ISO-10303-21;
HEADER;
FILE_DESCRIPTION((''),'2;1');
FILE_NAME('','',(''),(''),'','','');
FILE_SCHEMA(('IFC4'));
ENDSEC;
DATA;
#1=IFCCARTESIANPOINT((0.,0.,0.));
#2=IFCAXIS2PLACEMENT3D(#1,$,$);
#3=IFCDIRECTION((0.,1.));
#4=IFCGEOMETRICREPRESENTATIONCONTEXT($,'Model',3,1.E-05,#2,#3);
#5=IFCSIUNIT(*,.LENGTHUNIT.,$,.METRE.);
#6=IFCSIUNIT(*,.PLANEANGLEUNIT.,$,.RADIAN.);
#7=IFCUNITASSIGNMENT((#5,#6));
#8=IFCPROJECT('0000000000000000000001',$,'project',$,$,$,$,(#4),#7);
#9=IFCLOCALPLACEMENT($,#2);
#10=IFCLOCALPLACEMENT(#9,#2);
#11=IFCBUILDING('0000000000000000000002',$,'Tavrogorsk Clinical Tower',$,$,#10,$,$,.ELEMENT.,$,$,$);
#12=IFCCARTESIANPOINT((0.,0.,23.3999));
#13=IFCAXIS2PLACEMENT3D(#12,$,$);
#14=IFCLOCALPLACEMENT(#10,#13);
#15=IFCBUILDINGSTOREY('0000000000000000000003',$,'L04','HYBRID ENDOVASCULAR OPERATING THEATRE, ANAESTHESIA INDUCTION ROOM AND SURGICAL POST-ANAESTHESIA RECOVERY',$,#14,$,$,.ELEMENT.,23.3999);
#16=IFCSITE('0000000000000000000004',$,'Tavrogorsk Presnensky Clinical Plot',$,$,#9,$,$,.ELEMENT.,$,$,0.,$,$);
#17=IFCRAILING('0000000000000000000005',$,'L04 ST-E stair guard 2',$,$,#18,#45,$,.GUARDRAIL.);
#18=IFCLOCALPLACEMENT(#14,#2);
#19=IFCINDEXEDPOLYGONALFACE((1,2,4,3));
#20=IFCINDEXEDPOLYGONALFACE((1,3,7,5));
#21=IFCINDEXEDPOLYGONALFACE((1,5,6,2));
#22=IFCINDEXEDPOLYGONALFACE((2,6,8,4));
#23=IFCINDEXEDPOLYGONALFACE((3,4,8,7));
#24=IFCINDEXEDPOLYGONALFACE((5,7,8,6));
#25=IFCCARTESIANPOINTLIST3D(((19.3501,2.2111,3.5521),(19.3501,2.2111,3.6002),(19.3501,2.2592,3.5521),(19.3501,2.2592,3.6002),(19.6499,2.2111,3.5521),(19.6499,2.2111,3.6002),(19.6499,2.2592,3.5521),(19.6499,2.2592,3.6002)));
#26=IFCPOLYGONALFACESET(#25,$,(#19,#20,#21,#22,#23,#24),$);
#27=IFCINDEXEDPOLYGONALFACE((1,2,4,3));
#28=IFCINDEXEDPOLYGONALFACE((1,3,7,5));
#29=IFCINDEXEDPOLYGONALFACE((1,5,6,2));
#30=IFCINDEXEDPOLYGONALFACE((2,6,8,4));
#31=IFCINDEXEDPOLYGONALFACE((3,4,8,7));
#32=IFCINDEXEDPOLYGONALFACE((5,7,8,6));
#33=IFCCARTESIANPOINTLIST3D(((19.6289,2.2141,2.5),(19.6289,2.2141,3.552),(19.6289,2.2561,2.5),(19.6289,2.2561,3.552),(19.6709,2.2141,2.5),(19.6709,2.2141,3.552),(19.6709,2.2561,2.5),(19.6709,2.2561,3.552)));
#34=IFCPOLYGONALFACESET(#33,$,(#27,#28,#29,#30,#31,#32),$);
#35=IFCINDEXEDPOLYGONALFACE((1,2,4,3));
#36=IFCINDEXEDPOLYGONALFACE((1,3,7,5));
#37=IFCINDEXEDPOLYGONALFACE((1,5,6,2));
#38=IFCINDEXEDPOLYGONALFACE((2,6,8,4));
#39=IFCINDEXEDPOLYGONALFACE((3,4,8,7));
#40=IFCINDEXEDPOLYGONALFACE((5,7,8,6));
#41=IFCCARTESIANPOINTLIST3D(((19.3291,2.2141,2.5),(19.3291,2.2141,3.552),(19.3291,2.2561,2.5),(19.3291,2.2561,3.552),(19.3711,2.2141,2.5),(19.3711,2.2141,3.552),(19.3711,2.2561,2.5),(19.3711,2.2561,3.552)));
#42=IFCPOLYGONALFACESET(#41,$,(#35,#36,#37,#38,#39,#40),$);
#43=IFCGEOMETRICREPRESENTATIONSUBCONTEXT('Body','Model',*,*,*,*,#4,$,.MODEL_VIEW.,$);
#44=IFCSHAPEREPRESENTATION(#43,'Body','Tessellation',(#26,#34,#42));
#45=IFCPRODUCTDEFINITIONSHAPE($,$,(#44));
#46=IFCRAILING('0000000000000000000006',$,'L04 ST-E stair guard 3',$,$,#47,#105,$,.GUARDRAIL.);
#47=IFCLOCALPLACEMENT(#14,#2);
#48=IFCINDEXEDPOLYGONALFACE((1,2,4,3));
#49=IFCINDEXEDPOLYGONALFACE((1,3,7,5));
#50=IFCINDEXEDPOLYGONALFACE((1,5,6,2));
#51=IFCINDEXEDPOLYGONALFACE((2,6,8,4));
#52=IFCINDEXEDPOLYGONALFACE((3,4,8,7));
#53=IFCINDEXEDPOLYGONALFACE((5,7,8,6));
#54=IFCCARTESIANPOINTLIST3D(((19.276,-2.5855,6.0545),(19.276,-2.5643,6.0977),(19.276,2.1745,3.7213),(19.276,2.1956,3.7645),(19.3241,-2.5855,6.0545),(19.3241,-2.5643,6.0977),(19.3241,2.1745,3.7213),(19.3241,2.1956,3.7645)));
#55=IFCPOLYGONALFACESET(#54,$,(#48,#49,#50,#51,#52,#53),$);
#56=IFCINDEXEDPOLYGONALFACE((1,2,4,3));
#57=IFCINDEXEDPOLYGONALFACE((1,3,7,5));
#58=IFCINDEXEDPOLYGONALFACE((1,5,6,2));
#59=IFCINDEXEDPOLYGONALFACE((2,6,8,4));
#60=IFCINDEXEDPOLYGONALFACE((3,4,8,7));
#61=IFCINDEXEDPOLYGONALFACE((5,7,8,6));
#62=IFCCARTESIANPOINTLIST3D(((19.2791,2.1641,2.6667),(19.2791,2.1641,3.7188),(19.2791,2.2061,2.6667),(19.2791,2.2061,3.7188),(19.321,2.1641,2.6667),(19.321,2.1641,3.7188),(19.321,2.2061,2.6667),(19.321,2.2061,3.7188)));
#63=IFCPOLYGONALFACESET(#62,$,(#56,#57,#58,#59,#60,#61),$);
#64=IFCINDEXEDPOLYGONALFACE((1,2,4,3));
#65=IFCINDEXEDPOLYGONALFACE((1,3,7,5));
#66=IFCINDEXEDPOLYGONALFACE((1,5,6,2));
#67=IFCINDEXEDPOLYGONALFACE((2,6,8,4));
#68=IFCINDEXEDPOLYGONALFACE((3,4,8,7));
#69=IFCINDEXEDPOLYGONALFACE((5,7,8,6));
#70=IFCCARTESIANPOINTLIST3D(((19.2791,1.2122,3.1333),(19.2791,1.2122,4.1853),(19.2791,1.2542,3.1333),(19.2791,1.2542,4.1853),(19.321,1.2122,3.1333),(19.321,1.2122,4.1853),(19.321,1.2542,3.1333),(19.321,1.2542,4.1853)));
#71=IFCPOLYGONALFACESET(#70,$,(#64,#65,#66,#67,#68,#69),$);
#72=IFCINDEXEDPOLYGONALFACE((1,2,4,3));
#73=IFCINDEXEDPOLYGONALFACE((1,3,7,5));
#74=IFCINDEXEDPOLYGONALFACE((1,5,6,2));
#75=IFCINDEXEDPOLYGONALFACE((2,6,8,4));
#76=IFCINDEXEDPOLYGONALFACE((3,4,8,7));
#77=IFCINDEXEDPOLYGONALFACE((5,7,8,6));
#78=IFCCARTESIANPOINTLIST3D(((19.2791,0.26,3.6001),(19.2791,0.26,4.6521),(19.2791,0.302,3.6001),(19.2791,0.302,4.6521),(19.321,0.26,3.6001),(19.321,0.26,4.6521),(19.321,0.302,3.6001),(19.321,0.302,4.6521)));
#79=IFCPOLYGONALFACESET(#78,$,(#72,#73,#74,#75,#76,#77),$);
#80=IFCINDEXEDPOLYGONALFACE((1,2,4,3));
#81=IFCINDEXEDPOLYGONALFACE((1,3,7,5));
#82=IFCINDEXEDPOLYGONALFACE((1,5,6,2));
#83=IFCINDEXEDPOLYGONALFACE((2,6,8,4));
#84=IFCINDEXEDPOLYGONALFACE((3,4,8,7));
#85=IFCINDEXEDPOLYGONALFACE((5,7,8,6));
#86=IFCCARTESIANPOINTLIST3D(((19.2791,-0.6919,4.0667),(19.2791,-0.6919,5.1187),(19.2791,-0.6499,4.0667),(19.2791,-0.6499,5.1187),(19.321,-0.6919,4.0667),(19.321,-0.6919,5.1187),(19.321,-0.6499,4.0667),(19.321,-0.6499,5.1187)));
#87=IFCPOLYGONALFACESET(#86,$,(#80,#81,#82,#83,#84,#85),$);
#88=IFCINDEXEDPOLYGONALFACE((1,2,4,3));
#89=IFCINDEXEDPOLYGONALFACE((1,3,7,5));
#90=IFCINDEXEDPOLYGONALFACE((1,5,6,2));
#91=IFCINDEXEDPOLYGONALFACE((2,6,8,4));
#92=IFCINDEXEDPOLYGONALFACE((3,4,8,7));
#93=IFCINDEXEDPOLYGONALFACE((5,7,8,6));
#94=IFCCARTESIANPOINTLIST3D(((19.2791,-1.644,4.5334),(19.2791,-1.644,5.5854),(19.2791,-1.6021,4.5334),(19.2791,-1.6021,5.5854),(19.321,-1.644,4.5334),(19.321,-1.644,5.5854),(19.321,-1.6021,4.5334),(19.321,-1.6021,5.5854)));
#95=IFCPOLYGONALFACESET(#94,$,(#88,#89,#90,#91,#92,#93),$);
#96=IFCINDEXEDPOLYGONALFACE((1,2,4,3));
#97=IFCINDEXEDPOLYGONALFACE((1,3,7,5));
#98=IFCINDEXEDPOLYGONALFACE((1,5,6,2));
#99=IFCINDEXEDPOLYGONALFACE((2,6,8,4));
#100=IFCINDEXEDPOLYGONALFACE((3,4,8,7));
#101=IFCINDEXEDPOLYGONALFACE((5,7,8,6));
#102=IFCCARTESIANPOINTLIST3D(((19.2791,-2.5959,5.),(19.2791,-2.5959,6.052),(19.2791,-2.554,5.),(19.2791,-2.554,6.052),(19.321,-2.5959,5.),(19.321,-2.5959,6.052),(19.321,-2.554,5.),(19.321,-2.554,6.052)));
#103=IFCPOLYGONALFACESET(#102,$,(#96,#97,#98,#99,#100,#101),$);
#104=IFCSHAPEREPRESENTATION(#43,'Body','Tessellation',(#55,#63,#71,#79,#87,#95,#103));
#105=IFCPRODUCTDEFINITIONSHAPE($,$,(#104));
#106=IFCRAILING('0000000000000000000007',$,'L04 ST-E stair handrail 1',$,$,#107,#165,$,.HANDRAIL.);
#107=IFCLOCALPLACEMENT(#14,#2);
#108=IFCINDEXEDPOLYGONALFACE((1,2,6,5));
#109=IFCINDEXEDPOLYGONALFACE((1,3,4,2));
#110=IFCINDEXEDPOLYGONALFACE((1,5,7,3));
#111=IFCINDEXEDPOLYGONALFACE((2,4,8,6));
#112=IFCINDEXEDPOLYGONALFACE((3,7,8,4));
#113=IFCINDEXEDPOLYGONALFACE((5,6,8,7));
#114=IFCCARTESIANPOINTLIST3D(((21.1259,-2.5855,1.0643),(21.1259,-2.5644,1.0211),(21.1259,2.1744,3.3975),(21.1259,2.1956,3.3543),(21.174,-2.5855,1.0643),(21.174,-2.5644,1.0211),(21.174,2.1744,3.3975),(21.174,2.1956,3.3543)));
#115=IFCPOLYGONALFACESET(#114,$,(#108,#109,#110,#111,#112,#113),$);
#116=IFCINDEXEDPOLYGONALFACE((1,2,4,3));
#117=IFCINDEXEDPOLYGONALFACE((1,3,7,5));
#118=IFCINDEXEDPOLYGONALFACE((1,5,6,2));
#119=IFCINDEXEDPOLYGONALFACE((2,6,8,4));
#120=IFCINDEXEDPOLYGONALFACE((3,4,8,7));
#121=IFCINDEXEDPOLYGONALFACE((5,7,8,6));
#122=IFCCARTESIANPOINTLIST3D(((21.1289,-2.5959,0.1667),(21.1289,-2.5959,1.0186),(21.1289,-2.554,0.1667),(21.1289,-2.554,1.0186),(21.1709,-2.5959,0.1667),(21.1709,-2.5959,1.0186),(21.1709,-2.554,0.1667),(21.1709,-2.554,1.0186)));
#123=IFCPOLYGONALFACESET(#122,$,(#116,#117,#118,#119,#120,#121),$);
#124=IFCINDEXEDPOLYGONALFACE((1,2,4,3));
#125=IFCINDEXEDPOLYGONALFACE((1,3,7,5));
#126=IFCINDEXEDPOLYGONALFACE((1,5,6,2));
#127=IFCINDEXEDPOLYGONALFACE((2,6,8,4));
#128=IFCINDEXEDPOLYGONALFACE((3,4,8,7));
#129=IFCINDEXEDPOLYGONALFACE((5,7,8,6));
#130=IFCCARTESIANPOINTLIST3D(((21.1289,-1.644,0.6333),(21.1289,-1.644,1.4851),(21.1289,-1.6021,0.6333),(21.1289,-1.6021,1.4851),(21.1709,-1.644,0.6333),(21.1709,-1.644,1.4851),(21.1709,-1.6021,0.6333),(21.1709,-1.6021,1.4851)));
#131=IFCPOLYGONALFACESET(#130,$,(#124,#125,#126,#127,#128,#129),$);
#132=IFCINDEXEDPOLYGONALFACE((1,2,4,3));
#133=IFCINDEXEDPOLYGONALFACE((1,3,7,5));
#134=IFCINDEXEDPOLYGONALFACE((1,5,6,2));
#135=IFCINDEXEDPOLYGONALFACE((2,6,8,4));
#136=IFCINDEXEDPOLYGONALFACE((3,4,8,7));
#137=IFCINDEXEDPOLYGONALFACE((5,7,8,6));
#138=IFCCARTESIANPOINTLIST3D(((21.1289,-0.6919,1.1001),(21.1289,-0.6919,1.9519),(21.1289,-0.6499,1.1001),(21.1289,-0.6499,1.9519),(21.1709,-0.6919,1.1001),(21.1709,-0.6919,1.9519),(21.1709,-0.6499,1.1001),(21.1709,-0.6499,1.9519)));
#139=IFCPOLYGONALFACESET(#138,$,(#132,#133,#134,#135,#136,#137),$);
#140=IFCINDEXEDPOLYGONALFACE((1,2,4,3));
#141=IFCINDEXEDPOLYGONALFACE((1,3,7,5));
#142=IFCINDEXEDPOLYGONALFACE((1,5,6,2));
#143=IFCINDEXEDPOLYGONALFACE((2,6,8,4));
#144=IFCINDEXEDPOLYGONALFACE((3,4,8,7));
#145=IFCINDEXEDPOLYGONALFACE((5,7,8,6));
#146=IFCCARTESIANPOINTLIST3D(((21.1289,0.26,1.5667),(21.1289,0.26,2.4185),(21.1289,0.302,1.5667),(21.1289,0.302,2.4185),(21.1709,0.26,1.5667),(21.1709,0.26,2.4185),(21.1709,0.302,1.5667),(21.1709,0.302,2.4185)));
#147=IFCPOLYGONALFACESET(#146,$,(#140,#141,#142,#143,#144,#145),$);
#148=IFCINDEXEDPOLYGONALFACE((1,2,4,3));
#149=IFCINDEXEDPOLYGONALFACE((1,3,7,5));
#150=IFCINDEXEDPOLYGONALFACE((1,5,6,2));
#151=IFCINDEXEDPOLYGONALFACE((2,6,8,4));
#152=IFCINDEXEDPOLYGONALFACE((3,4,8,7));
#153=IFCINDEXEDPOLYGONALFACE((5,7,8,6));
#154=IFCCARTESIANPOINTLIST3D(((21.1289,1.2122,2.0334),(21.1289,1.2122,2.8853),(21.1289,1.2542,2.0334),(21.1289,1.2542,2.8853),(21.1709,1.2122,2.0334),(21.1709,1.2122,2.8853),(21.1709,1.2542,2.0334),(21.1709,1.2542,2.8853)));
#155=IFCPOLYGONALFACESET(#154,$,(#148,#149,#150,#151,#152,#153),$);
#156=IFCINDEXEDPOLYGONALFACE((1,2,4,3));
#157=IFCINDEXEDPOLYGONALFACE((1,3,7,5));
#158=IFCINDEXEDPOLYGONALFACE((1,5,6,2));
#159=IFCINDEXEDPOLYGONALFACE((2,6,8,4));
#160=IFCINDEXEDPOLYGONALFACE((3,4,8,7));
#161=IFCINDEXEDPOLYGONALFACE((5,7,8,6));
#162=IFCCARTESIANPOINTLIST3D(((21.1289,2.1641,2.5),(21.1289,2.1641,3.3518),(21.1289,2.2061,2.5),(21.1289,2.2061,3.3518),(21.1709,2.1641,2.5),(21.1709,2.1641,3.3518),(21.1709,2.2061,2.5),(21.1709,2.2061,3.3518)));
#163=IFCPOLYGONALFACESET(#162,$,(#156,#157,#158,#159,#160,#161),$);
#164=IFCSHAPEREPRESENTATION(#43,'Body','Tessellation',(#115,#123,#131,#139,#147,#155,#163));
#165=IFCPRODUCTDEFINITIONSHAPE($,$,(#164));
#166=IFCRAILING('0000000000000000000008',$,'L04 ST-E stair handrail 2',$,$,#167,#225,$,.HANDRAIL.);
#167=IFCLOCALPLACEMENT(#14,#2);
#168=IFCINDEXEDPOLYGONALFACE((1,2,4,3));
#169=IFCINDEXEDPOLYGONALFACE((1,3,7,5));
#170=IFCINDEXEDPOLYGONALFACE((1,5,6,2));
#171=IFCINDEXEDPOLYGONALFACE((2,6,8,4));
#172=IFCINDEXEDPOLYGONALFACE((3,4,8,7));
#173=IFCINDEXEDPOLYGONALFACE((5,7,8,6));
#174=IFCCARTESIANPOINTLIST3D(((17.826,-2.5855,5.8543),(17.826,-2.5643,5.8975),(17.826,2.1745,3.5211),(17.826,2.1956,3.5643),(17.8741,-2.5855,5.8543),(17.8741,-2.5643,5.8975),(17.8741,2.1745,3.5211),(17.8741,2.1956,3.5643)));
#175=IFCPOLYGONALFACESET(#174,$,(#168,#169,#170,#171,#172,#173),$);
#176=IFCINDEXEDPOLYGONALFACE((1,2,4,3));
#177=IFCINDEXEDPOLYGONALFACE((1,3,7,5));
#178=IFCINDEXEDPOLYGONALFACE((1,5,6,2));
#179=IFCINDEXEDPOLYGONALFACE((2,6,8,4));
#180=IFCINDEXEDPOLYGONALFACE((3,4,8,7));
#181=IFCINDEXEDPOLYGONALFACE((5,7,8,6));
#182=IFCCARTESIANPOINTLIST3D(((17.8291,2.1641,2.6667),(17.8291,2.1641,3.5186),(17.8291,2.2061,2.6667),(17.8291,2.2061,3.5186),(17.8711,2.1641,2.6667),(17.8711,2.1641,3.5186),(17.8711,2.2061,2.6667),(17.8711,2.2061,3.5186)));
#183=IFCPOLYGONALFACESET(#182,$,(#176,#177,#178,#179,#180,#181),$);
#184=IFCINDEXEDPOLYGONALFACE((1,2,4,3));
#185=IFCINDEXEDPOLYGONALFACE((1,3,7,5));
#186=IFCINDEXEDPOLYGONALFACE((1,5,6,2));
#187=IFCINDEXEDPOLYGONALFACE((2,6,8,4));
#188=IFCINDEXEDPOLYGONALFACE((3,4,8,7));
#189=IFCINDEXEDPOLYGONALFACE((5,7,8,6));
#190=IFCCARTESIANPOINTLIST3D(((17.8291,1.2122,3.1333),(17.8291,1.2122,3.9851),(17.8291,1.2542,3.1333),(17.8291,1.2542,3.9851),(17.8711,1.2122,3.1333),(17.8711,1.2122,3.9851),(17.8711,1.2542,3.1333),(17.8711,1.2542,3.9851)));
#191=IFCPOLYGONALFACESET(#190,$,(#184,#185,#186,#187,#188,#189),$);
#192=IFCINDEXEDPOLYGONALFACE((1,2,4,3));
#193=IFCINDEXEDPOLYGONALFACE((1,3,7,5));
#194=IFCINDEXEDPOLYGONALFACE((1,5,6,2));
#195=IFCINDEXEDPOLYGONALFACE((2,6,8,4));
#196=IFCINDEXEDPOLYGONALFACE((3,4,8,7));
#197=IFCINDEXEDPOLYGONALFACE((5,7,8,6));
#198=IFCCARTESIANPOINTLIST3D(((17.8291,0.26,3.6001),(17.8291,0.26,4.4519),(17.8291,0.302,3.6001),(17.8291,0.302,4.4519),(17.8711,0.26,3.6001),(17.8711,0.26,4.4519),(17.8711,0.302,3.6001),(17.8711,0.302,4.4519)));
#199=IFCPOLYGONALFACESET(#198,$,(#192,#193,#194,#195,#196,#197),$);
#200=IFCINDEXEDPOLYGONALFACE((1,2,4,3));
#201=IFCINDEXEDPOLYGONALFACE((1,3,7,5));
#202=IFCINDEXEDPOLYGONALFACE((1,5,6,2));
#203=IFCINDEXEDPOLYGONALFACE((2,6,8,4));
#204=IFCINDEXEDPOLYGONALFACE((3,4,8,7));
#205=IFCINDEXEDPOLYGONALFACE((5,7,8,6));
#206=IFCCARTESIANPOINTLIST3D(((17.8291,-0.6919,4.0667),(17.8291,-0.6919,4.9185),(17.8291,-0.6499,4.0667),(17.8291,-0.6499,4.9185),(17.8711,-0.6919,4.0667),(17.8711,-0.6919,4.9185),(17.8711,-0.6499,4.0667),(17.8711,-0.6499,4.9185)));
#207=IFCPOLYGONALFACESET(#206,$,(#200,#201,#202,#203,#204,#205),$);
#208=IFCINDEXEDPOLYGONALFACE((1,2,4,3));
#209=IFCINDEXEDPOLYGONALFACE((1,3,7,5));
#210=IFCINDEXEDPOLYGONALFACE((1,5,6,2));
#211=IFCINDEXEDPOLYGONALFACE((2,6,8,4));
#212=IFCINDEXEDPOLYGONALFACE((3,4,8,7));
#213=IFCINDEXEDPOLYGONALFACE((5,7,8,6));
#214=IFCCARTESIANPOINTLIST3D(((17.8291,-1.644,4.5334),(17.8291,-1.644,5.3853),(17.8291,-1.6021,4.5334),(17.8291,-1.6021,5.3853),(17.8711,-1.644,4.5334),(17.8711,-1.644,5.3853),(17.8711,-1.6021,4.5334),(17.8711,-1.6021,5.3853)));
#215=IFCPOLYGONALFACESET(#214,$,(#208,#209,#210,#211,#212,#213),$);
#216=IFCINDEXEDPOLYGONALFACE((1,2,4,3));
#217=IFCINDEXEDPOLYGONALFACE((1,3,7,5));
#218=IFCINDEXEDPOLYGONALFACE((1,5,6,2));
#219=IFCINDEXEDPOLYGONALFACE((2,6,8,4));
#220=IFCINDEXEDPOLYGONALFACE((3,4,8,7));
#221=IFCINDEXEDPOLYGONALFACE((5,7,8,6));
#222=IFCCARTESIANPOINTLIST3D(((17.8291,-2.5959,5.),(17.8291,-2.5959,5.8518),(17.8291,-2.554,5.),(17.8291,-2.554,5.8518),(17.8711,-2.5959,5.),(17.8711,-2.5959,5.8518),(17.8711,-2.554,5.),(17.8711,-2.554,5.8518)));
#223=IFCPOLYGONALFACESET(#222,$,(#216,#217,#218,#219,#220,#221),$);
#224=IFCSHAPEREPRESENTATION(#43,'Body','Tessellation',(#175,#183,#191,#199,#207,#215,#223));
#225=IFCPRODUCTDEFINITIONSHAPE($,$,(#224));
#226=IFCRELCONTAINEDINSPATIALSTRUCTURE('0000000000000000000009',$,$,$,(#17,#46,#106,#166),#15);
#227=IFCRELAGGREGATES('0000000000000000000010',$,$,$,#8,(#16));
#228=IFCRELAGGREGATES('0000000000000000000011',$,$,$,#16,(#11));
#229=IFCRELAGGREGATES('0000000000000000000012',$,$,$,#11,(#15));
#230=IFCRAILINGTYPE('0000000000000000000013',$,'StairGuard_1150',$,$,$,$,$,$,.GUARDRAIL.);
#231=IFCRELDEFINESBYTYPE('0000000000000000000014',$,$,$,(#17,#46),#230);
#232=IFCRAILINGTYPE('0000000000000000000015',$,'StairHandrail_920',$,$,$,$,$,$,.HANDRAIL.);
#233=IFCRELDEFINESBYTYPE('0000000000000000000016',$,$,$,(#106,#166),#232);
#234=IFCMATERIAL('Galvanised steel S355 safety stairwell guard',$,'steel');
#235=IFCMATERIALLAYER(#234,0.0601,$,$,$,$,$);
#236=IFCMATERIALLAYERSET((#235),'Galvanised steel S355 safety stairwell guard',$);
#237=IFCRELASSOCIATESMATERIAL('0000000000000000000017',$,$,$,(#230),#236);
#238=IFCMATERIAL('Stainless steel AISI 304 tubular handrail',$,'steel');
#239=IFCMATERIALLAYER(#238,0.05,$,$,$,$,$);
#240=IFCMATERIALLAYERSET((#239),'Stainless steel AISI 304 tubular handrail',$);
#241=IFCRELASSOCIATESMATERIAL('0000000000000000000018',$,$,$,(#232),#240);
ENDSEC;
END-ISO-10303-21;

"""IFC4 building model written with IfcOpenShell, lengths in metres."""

from ifc_helpers import new_model, si_unit, direction, frame, origin, origin_2d, place, context, subcontext, project, spatial, rectangle, extrude, material, layer, layer_set, type_object, element, save


model = new_model("IFC4")

# Units and contexts
model_context = context("Model", 3, precision=1e-05, world=origin(), true_north=direction((0.0, 1.0)))
body_context = subcontext(model_context, "Body", "Model", "MODEL_VIEW")
ifc_project = project(units=[si_unit("LENGTHUNIT", "METRE"), si_unit("PLANEANGLEUNIT", "RADIAN")], contexts=[model_context])

# Site, building, storey
site_placement = place(None, origin())
site = spatial("IfcSite", under=ifc_project, at=site_placement, Name="Tavrogorsk Presnensky Clinical Plot", CompositionType="ELEMENT", RefElevation=0.0)
building_placement = place(site_placement, origin())
building = spatial("IfcBuilding", under=site, at=building_placement, Name="Tavrogorsk Clinical Tower", CompositionType="ELEMENT")
storey_placement = place(building_placement, frame((0.0, 0.0, 23.3999)))
storey = spatial("IfcBuildingStorey", under=building, at=storey_placement, Name="L04", Description="HYBRID ENDOVASCULAR OPERATING THEATRE, ANAESTHESIA INDUCTION ROOM AND SURGICAL POST-ANAESTHESIA RECOVERY", CompositionType="ELEMENT", Elevation=23.3999)

# Railings
ifc_material_1 = material(Name="Galvanised steel S355 safety stairwell guard", Category="steel")
ifc_layer_1 = layer(ifc_material_1, 0.0601)
ifc_layer_set_1 = layer_set([ifc_layer_1], Name="Galvanised steel S355 safety stairwell guard")
railing_type_1 = type_object("IfcRailingType", Name="StairGuard_1150", PredefinedType="GUARDRAIL", material=ifc_layer_set_1)
railing_1_placement = place(storey_placement, frame((19.6499, 2.2351, 2.5)))
element("IfcRailing", 1, at=railing_1_placement, inside=storey, type_object=railing_type_1, Name="L04 ST-E stair guard 2", PredefinedType="GUARDRAIL", context=body_context, shape_type="SweptSolid", body=[
    extrude(rectangle(XDim=0.0481, YDim=0.0481, at=origin_2d()), frame((0.0, 0.0, 1.0762), z_axis=(-1.0, 0.0, 0.0), x_axis=(0.0, -1.0, 0.0)), (0.0, 0.0, 1.0), 0.2998),
    extrude(rectangle(XDim=0.042, YDim=0.042, at=origin_2d()), origin(), (0.0, 0.0, 1.0), 1.052),
    extrude(rectangle(XDim=0.042, YDim=0.042, at=origin_2d()), frame((-0.2998, 0.0, 0.0)), (0.0, 0.0, 1.0), 1.052),
])
railing_2_placement = place(storey_placement, frame((19.3, 2.1851, 2.6667)))
element("IfcRailing", 2, at=railing_2_placement, inside=storey, type_object=railing_type_1, Name="L04 ST-E stair guard 3", PredefinedType="GUARDRAIL", context=body_context, shape_type="SweptSolid", body=[
    extrude(rectangle(XDim=0.0481, YDim=0.0481, at=origin_2d()), frame((0.0, 0.0, 1.0762), z_axis=(0.0, -0.897927, 0.440144), x_axis=(1.0, 0.0, 0.0)), (0.0, 0.0, 1.0), 5.301),
    extrude(rectangle(XDim=0.042, YDim=0.042, at=origin_2d()), origin(), (0.0, 0.0, 1.0), 1.052),
    extrude(rectangle(XDim=0.042, YDim=0.042, at=origin_2d()), frame((0.0, -0.9519, 0.4666)), (0.0, 0.0, 1.0), 1.052),
    extrude(rectangle(XDim=0.042, YDim=0.042, at=origin_2d()), frame((0.0, -1.9041, 0.9333)), (0.0, 0.0, 1.0), 1.052),
    extrude(rectangle(XDim=0.042, YDim=0.042, at=origin_2d()), frame((0.0, -2.856, 1.3999)), (0.0, 0.0, 1.0), 1.052),
    extrude(rectangle(XDim=0.042, YDim=0.042, at=origin_2d()), frame((0.0, -3.8081, 1.8667)), (0.0, 0.0, 1.0), 1.052),
    extrude(rectangle(XDim=0.042, YDim=0.042, at=origin_2d()), frame((0.0, -4.76, 2.3333)), (0.0, 0.0, 1.0), 1.052),
])
ifc_material_2 = material(Name="Stainless steel AISI 304 tubular handrail", Category="steel")
ifc_layer_2 = layer(ifc_material_2, 0.05)
ifc_layer_set_2 = layer_set([ifc_layer_2], Name="Stainless steel AISI 304 tubular handrail")
railing_type_2 = type_object("IfcRailingType", Name="StairHandrail_920", PredefinedType="HANDRAIL", material=ifc_layer_set_2)
railing_3_placement = place(storey_placement, frame((21.1499, -2.575, 0.1667)))
element("IfcRailing", 3, at=railing_3_placement, inside=storey, type_object=railing_type_2, Name="L04 ST-E stair handrail 1", PredefinedType="HANDRAIL", context=body_context, shape_type="SweptSolid", body=[
    extrude(rectangle(XDim=0.0481, YDim=0.0481, at=origin_2d()), frame((0.0, 0.0, 0.876), z_axis=(0.0, 0.897927, 0.440144), x_axis=(-1.0, 0.0, 0.0)), (0.0, 0.0, 1.0), 5.301),
    extrude(rectangle(XDim=0.042, YDim=0.042, at=origin_2d()), origin(), (0.0, 0.0, 1.0), 0.8518),
    extrude(rectangle(XDim=0.042, YDim=0.042, at=origin_2d()), frame((0.0, 0.9519, 0.4666)), (0.0, 0.0, 1.0), 0.8518),
    extrude(rectangle(XDim=0.042, YDim=0.042, at=origin_2d()), frame((0.0, 1.9041, 0.9333)), (0.0, 0.0, 1.0), 0.8518),
    extrude(rectangle(XDim=0.042, YDim=0.042, at=origin_2d()), frame((0.0, 2.856, 1.3999)), (0.0, 0.0, 1.0), 0.8518),
    extrude(rectangle(XDim=0.042, YDim=0.042, at=origin_2d()), frame((0.0, 3.8081, 1.8667)), (0.0, 0.0, 1.0), 0.8518),
    extrude(rectangle(XDim=0.042, YDim=0.042, at=origin_2d()), frame((0.0, 4.76, 2.3333)), (0.0, 0.0, 1.0), 0.8518),
])
railing_4_placement = place(storey_placement, frame((17.8501, 2.1851, 2.6667)))
element("IfcRailing", 4, at=railing_4_placement, inside=storey, type_object=railing_type_2, Name="L04 ST-E stair handrail 2", PredefinedType="HANDRAIL", context=body_context, shape_type="SweptSolid", body=[
    extrude(rectangle(XDim=0.0481, YDim=0.0481, at=origin_2d()), frame((0.0, 0.0, 0.876), z_axis=(0.0, -0.897927, 0.440144), x_axis=(1.0, 0.0, 0.0)), (0.0, 0.0, 1.0), 5.301),
    extrude(rectangle(XDim=0.042, YDim=0.042, at=origin_2d()), origin(), (0.0, 0.0, 1.0), 0.8518),
    extrude(rectangle(XDim=0.042, YDim=0.042, at=origin_2d()), frame((0.0, -0.9519, 0.4666)), (0.0, 0.0, 1.0), 0.8518),
    extrude(rectangle(XDim=0.042, YDim=0.042, at=origin_2d()), frame((0.0, -1.9041, 0.9333)), (0.0, 0.0, 1.0), 0.8518),
    extrude(rectangle(XDim=0.042, YDim=0.042, at=origin_2d()), frame((0.0, -2.856, 1.3999)), (0.0, 0.0, 1.0), 0.8518),
    extrude(rectangle(XDim=0.042, YDim=0.042, at=origin_2d()), frame((0.0, -3.8081, 1.8667)), (0.0, 0.0, 1.0), 0.8518),
    extrude(rectangle(XDim=0.042, YDim=0.042, at=origin_2d()), frame((0.0, -4.76, 2.3333)), (0.0, 0.0, 1.0), 0.8518),
])

save(model, "model.ifc")
